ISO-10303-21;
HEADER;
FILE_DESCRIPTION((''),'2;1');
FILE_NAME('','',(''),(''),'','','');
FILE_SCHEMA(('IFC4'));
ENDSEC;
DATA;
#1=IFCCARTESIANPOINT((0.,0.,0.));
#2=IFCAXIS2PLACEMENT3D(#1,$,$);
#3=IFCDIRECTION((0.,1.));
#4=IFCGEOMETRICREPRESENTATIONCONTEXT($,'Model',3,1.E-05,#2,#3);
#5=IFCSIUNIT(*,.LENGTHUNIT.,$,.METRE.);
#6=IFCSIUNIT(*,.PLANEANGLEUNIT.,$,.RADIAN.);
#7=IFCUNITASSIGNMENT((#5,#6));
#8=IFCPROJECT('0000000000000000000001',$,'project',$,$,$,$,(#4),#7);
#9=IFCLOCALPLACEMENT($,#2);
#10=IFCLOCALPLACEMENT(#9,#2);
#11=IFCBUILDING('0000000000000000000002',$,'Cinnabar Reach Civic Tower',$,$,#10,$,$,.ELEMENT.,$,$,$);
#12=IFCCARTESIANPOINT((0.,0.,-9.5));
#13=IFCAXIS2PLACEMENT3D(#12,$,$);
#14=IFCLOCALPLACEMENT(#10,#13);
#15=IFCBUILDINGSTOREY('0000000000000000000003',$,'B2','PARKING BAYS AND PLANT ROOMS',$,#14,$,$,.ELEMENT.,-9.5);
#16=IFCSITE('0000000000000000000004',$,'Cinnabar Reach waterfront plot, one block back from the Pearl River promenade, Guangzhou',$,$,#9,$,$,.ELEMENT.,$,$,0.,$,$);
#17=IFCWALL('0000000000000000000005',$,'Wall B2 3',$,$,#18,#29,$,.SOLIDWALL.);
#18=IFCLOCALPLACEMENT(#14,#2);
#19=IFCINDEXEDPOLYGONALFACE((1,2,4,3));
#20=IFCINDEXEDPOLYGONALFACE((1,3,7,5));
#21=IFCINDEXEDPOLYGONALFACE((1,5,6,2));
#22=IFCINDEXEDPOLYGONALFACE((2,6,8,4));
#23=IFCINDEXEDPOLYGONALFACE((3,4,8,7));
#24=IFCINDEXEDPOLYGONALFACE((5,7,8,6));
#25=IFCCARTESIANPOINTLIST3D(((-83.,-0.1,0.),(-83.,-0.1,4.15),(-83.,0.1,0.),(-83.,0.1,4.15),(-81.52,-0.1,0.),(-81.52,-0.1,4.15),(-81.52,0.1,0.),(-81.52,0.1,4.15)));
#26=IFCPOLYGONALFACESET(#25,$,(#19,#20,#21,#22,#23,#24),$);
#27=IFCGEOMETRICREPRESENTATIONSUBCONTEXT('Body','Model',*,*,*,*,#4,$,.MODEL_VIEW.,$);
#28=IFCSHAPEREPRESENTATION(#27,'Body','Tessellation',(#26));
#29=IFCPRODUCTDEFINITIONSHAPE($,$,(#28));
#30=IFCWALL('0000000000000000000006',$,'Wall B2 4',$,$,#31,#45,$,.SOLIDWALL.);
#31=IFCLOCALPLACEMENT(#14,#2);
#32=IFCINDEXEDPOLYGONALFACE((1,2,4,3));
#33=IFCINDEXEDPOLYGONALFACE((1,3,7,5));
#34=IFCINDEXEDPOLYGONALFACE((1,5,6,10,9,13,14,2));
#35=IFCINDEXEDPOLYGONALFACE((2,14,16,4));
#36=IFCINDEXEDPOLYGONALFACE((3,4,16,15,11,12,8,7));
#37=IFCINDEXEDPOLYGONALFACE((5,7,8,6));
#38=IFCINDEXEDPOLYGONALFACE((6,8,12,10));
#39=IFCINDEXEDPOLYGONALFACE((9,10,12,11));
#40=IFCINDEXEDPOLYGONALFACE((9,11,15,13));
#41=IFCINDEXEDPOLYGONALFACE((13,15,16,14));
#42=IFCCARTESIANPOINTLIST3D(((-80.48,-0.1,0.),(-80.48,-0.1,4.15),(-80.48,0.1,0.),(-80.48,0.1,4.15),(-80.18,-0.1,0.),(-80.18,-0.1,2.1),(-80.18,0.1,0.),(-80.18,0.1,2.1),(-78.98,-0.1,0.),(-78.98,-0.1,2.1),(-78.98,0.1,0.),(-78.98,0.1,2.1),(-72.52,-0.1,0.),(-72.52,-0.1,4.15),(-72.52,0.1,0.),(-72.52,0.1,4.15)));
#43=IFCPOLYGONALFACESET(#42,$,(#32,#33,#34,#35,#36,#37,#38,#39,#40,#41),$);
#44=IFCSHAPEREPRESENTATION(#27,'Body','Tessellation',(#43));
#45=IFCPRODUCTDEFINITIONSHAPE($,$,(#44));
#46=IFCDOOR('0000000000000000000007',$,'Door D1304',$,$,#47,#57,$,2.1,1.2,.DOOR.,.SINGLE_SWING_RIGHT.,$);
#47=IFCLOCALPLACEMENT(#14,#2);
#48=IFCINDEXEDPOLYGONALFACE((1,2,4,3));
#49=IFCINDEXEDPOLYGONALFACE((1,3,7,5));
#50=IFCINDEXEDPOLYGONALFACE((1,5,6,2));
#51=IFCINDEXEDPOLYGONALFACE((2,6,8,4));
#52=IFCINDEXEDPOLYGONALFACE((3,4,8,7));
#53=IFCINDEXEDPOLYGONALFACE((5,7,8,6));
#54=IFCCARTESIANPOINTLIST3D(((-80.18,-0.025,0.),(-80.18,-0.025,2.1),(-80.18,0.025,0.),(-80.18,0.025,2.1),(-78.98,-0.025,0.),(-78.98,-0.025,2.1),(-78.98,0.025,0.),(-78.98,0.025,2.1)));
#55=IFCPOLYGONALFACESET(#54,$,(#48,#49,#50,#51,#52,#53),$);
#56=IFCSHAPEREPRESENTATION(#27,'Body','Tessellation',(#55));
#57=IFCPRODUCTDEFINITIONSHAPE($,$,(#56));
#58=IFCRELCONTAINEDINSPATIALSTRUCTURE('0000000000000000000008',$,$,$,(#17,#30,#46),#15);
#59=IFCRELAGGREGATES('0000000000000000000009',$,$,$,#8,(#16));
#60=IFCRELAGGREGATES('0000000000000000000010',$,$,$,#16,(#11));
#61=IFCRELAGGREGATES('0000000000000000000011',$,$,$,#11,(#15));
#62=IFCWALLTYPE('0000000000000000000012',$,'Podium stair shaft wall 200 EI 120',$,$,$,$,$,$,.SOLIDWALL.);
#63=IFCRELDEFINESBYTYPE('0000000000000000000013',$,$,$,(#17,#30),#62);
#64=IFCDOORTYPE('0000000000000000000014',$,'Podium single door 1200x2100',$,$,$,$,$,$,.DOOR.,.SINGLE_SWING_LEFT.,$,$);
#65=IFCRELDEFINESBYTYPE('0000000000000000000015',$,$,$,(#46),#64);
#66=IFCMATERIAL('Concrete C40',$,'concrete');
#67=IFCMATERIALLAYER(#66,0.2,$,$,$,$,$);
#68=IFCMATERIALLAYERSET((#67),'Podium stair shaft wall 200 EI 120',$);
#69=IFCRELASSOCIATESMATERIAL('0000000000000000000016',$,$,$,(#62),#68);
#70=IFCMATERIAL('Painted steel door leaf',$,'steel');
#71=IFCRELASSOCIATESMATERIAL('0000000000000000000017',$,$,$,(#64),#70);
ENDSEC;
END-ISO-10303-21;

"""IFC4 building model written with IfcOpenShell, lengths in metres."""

from ifc_helpers import new_model, si_unit, direction, frame, frame_2d, origin, place, context, subcontext, project, spatial, rectangle, extrude, material, layer, layer_set, type_object, element, fill, save


model = new_model("IFC4")

# Units and contexts
model_context = context("Model", 3, precision=1e-05, world=origin(), true_north=direction((0.0, 1.0)))
body_context = subcontext(model_context, "Body", "Model", "MODEL_VIEW")
ifc_project = project(units=[si_unit("LENGTHUNIT", "METRE"), si_unit("PLANEANGLEUNIT", "RADIAN")], contexts=[model_context])

# Site, building, storey
site_placement = place(None, origin())
site = spatial("IfcSite", under=ifc_project, at=site_placement, Name="Cinnabar Reach waterfront plot, one block back from the Pearl River promenade, Guangzhou", CompositionType="ELEMENT", RefElevation=0.0)
building_placement = place(site_placement, origin())
building = spatial("IfcBuilding", under=site, at=building_placement, Name="Cinnabar Reach Civic Tower", CompositionType="ELEMENT")
storey_placement = place(building_placement, frame((0.0, 0.0, -9.5)))
storey = spatial("IfcBuildingStorey", under=building, at=storey_placement, Name="B2", Description="PARKING BAYS AND PLANT ROOMS", CompositionType="ELEMENT", Elevation=-9.5)

# Shared definitions
ifc_material_1 = material(Name="Painted steel door leaf", Category="steel")

# Wall
ifc_material_2 = material(Name="Concrete C40", Category="concrete")
ifc_layer_1 = layer(ifc_material_2, 0.2)
ifc_layer_set_1 = layer_set([ifc_layer_1], Name="Podium stair shaft wall 200 EI 120")
wall_type_1 = type_object("IfcWallType", Name="Podium stair shaft wall 200 EI 120", PredefinedType="SOLIDWALL", material=ifc_layer_set_1)
wall_1_placement = place(storey_placement, frame((-83.0, 0.0, 0.0), z_axis=(0.0, 0.0, 1.0), x_axis=(1.0, 0.0, 0.0)))
element("IfcWall", 1, at=wall_1_placement, inside=storey, type_object=wall_type_1, Name="Wall B2 3", PredefinedType="SOLIDWALL", context=body_context, shape_type="SweptSolid", body=[
    extrude(rectangle(XDim=1.48, YDim=0.2, at=frame_2d((0.74, 0.0))), origin(), (0.0, 0.0, 1.0), 4.15),
])

# Wall, opening, door
wall_2_placement = place(storey_placement, frame((-80.48, 0.0, 0.0), z_axis=(0.0, 0.0, 1.0), x_axis=(1.0, 0.0, 0.0)))
wall_2 = element("IfcWall", 2, at=wall_2_placement, inside=storey, type_object=wall_type_1, Name="Wall B2 4", PredefinedType="SOLIDWALL", context=body_context, shape_type="SweptSolid", body=[
    extrude(rectangle(XDim=7.96, YDim=0.2, at=frame_2d((3.98, 0.0))), origin(), (0.0, 0.0, 1.0), 4.15),
])
opening_1_placement = place(wall_2_placement, frame((0.3, 0.0, 0.0)))
opening_1 = element("IfcOpeningElement", 3, at=opening_1_placement, cuts=wall_2, PredefinedType="OPENING", context=body_context, shape_type="SweptSolid", body=[
    extrude(rectangle(XDim=1.2, YDim=2.1, at=frame_2d((0.6, 1.05))), frame((0.0, 0.11, 0.0), z_axis=(0.0, -1.0, 0.0), x_axis=(1.0, 0.0, 0.0)), (0.0, 0.0, 1.0), 0.22),
])
door_type_1 = type_object("IfcDoorType", Name="Podium single door 1200x2100", OperationType="SINGLE_SWING_LEFT", PredefinedType="DOOR", material=ifc_material_1)
door_1_placement = place(opening_1_placement, frame((1.2, 0.0, 0.0), z_axis=(0.0, 0.0, 1.0), x_axis=(-1.0, 0.0, 0.0)))
door_1 = element("IfcDoor", 4, at=door_1_placement, inside=storey, type_object=door_type_1, Name="Door D1304", OperationType="SINGLE_SWING_RIGHT", OverallHeight=2.1, OverallWidth=1.2, PredefinedType="DOOR", context=body_context, shape_type="SweptSolid", body=[
    extrude(rectangle(XDim=1.2, YDim=2.1, at=frame_2d((0.6, 1.05))), frame((0.0, 0.025, 0.0), z_axis=(0.0, -1.0, 0.0), x_axis=(1.0, 0.0, 0.0)), (0.0, 0.0, 1.0), 0.05),
])
fill(opening_1, door_1)

save(model, "model.ifc")
